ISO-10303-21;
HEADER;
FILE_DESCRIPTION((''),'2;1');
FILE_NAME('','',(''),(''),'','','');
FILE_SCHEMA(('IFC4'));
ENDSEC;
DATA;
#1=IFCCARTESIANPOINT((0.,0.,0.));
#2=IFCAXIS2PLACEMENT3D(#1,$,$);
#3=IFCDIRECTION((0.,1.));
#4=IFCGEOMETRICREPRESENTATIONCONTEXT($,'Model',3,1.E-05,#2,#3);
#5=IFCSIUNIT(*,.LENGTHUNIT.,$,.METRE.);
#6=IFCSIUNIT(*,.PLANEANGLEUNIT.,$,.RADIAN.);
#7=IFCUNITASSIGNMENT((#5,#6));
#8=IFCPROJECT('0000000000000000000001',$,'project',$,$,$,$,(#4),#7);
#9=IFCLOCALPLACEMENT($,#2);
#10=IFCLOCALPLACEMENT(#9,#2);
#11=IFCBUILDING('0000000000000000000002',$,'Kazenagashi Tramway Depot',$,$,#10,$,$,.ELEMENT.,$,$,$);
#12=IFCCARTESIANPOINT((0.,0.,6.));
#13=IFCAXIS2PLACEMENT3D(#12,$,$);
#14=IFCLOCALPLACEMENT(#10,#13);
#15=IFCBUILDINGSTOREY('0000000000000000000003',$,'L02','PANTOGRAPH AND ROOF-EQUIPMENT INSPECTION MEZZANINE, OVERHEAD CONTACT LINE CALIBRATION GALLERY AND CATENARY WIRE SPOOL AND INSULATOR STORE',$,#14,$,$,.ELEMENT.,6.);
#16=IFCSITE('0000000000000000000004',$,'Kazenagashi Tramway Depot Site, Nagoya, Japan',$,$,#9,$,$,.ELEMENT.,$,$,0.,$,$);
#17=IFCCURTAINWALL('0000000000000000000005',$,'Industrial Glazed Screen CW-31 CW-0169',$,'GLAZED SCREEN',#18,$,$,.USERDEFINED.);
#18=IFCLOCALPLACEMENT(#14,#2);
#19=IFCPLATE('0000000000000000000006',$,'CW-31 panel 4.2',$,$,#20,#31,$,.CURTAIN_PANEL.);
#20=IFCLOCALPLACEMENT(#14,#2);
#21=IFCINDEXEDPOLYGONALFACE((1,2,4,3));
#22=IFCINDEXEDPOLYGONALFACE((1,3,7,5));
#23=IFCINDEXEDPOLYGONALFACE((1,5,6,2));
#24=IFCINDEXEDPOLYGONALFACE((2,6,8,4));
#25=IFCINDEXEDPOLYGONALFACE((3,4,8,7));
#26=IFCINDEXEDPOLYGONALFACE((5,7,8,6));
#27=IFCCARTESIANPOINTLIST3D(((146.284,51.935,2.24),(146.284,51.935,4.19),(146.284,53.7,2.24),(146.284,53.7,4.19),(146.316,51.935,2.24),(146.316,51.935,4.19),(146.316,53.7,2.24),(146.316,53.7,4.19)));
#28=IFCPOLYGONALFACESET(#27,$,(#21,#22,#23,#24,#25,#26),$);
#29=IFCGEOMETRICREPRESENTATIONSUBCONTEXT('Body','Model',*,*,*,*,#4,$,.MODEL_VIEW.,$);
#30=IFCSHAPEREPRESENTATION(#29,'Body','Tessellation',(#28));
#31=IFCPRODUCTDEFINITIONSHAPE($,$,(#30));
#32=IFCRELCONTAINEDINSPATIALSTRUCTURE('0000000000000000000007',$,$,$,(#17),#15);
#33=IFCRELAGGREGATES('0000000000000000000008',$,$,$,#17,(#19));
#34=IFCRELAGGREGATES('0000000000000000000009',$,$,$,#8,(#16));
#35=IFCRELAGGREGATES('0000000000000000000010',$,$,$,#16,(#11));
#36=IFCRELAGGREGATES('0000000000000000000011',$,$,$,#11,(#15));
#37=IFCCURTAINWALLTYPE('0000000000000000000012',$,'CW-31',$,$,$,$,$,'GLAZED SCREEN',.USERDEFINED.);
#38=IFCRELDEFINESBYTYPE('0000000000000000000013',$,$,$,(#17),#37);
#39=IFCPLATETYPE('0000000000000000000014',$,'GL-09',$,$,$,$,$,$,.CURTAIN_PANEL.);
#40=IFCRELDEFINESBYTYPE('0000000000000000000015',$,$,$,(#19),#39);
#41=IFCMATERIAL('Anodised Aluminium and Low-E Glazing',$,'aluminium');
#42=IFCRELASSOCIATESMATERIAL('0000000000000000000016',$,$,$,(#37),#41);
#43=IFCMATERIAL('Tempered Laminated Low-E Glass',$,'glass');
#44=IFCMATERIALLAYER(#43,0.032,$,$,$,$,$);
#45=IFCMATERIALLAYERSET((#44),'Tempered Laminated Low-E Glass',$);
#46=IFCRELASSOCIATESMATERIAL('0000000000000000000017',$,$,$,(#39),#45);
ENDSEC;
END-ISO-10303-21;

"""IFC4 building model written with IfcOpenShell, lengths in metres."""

from ifc_helpers import new_model, si_unit, direction, frame, origin, origin_2d, place, context, subcontext, project, spatial, rectangle, extrude, material, layer, layer_set, type_object, element, aggregate, save


model = new_model("IFC4")

# Units and contexts
model_context = context("Model", 3, precision=1e-05, world=origin(), true_north=direction((0.0, 1.0)))
body_context = subcontext(model_context, "Body", "Model", "MODEL_VIEW")
ifc_project = project(units=[si_unit("LENGTHUNIT", "METRE"), si_unit("PLANEANGLEUNIT", "RADIAN")], contexts=[model_context])

# Site, building, storey
site_placement = place(None, origin())
site = spatial("IfcSite", under=ifc_project, at=site_placement, Name="Kazenagashi Tramway Depot Site, Nagoya, Japan", CompositionType="ELEMENT", RefElevation=0.0)
building_placement = place(site_placement, origin())
building = spatial("IfcBuilding", under=site, at=building_placement, Name="Kazenagashi Tramway Depot", CompositionType="ELEMENT")
storey_placement = place(building_placement, frame((0.0, 0.0, 6.0)))
storey = spatial("IfcBuildingStorey", under=building, at=storey_placement, Name="L02", Description="PANTOGRAPH AND ROOF-EQUIPMENT INSPECTION MEZZANINE, OVERHEAD CONTACT LINE CALIBRATION GALLERY AND CATENARY WIRE SPOOL AND INSULATOR STORE", CompositionType="ELEMENT", Elevation=6.0)

# Shared definitions
ifc_material_1 = material(Name="Anodised Aluminium and Low-E Glazing", Category="aluminium")
curtain_wall_type = type_object("IfcCurtainWallType", Name="CW-31", ElementType="GLAZED SCREEN", PredefinedType="USERDEFINED", material=ifc_material_1)

# Curtain wall
curtain_wall_1_placement = place(storey_placement, origin())
curtain_wall_1 = element("IfcCurtainWall", 1, at=curtain_wall_1_placement, inside=storey, type_object=curtain_wall_type, Name="Industrial Glazed Screen CW-31 CW-0169", ObjectType="GLAZED SCREEN", PredefinedType="USERDEFINED")

# Plate
ifc_material_2 = material(Name="Tempered Laminated Low-E Glass", Category="glass")
ifc_layer_1 = layer(ifc_material_2, 0.032)
ifc_layer_set_1 = layer_set([ifc_layer_1], Name="Tempered Laminated Low-E Glass")
plate_type_1 = type_object("IfcPlateType", Name="GL-09", PredefinedType="CURTAIN_PANEL", material=ifc_layer_set_1)
plate_1_placement = place(storey_placement, frame((146.3, 52.8175, 2.24), z_axis=(0.0, 0.0, 1.0), x_axis=(0.0, 1.0, 0.0)))
plate_1 = element("IfcPlate", 2, at=plate_1_placement, type_object=plate_type_1, Name="CW-31 panel 4.2", PredefinedType="CURTAIN_PANEL", context=body_context, shape_type="SweptSolid", body=[
    extrude(rectangle(XDim=1.765, YDim=0.032, at=origin_2d()), origin(), (0.0, 0.0, 1.0), 1.95),
])
aggregate(curtain_wall_1, [plate_1])

save(model, "model.ifc")
